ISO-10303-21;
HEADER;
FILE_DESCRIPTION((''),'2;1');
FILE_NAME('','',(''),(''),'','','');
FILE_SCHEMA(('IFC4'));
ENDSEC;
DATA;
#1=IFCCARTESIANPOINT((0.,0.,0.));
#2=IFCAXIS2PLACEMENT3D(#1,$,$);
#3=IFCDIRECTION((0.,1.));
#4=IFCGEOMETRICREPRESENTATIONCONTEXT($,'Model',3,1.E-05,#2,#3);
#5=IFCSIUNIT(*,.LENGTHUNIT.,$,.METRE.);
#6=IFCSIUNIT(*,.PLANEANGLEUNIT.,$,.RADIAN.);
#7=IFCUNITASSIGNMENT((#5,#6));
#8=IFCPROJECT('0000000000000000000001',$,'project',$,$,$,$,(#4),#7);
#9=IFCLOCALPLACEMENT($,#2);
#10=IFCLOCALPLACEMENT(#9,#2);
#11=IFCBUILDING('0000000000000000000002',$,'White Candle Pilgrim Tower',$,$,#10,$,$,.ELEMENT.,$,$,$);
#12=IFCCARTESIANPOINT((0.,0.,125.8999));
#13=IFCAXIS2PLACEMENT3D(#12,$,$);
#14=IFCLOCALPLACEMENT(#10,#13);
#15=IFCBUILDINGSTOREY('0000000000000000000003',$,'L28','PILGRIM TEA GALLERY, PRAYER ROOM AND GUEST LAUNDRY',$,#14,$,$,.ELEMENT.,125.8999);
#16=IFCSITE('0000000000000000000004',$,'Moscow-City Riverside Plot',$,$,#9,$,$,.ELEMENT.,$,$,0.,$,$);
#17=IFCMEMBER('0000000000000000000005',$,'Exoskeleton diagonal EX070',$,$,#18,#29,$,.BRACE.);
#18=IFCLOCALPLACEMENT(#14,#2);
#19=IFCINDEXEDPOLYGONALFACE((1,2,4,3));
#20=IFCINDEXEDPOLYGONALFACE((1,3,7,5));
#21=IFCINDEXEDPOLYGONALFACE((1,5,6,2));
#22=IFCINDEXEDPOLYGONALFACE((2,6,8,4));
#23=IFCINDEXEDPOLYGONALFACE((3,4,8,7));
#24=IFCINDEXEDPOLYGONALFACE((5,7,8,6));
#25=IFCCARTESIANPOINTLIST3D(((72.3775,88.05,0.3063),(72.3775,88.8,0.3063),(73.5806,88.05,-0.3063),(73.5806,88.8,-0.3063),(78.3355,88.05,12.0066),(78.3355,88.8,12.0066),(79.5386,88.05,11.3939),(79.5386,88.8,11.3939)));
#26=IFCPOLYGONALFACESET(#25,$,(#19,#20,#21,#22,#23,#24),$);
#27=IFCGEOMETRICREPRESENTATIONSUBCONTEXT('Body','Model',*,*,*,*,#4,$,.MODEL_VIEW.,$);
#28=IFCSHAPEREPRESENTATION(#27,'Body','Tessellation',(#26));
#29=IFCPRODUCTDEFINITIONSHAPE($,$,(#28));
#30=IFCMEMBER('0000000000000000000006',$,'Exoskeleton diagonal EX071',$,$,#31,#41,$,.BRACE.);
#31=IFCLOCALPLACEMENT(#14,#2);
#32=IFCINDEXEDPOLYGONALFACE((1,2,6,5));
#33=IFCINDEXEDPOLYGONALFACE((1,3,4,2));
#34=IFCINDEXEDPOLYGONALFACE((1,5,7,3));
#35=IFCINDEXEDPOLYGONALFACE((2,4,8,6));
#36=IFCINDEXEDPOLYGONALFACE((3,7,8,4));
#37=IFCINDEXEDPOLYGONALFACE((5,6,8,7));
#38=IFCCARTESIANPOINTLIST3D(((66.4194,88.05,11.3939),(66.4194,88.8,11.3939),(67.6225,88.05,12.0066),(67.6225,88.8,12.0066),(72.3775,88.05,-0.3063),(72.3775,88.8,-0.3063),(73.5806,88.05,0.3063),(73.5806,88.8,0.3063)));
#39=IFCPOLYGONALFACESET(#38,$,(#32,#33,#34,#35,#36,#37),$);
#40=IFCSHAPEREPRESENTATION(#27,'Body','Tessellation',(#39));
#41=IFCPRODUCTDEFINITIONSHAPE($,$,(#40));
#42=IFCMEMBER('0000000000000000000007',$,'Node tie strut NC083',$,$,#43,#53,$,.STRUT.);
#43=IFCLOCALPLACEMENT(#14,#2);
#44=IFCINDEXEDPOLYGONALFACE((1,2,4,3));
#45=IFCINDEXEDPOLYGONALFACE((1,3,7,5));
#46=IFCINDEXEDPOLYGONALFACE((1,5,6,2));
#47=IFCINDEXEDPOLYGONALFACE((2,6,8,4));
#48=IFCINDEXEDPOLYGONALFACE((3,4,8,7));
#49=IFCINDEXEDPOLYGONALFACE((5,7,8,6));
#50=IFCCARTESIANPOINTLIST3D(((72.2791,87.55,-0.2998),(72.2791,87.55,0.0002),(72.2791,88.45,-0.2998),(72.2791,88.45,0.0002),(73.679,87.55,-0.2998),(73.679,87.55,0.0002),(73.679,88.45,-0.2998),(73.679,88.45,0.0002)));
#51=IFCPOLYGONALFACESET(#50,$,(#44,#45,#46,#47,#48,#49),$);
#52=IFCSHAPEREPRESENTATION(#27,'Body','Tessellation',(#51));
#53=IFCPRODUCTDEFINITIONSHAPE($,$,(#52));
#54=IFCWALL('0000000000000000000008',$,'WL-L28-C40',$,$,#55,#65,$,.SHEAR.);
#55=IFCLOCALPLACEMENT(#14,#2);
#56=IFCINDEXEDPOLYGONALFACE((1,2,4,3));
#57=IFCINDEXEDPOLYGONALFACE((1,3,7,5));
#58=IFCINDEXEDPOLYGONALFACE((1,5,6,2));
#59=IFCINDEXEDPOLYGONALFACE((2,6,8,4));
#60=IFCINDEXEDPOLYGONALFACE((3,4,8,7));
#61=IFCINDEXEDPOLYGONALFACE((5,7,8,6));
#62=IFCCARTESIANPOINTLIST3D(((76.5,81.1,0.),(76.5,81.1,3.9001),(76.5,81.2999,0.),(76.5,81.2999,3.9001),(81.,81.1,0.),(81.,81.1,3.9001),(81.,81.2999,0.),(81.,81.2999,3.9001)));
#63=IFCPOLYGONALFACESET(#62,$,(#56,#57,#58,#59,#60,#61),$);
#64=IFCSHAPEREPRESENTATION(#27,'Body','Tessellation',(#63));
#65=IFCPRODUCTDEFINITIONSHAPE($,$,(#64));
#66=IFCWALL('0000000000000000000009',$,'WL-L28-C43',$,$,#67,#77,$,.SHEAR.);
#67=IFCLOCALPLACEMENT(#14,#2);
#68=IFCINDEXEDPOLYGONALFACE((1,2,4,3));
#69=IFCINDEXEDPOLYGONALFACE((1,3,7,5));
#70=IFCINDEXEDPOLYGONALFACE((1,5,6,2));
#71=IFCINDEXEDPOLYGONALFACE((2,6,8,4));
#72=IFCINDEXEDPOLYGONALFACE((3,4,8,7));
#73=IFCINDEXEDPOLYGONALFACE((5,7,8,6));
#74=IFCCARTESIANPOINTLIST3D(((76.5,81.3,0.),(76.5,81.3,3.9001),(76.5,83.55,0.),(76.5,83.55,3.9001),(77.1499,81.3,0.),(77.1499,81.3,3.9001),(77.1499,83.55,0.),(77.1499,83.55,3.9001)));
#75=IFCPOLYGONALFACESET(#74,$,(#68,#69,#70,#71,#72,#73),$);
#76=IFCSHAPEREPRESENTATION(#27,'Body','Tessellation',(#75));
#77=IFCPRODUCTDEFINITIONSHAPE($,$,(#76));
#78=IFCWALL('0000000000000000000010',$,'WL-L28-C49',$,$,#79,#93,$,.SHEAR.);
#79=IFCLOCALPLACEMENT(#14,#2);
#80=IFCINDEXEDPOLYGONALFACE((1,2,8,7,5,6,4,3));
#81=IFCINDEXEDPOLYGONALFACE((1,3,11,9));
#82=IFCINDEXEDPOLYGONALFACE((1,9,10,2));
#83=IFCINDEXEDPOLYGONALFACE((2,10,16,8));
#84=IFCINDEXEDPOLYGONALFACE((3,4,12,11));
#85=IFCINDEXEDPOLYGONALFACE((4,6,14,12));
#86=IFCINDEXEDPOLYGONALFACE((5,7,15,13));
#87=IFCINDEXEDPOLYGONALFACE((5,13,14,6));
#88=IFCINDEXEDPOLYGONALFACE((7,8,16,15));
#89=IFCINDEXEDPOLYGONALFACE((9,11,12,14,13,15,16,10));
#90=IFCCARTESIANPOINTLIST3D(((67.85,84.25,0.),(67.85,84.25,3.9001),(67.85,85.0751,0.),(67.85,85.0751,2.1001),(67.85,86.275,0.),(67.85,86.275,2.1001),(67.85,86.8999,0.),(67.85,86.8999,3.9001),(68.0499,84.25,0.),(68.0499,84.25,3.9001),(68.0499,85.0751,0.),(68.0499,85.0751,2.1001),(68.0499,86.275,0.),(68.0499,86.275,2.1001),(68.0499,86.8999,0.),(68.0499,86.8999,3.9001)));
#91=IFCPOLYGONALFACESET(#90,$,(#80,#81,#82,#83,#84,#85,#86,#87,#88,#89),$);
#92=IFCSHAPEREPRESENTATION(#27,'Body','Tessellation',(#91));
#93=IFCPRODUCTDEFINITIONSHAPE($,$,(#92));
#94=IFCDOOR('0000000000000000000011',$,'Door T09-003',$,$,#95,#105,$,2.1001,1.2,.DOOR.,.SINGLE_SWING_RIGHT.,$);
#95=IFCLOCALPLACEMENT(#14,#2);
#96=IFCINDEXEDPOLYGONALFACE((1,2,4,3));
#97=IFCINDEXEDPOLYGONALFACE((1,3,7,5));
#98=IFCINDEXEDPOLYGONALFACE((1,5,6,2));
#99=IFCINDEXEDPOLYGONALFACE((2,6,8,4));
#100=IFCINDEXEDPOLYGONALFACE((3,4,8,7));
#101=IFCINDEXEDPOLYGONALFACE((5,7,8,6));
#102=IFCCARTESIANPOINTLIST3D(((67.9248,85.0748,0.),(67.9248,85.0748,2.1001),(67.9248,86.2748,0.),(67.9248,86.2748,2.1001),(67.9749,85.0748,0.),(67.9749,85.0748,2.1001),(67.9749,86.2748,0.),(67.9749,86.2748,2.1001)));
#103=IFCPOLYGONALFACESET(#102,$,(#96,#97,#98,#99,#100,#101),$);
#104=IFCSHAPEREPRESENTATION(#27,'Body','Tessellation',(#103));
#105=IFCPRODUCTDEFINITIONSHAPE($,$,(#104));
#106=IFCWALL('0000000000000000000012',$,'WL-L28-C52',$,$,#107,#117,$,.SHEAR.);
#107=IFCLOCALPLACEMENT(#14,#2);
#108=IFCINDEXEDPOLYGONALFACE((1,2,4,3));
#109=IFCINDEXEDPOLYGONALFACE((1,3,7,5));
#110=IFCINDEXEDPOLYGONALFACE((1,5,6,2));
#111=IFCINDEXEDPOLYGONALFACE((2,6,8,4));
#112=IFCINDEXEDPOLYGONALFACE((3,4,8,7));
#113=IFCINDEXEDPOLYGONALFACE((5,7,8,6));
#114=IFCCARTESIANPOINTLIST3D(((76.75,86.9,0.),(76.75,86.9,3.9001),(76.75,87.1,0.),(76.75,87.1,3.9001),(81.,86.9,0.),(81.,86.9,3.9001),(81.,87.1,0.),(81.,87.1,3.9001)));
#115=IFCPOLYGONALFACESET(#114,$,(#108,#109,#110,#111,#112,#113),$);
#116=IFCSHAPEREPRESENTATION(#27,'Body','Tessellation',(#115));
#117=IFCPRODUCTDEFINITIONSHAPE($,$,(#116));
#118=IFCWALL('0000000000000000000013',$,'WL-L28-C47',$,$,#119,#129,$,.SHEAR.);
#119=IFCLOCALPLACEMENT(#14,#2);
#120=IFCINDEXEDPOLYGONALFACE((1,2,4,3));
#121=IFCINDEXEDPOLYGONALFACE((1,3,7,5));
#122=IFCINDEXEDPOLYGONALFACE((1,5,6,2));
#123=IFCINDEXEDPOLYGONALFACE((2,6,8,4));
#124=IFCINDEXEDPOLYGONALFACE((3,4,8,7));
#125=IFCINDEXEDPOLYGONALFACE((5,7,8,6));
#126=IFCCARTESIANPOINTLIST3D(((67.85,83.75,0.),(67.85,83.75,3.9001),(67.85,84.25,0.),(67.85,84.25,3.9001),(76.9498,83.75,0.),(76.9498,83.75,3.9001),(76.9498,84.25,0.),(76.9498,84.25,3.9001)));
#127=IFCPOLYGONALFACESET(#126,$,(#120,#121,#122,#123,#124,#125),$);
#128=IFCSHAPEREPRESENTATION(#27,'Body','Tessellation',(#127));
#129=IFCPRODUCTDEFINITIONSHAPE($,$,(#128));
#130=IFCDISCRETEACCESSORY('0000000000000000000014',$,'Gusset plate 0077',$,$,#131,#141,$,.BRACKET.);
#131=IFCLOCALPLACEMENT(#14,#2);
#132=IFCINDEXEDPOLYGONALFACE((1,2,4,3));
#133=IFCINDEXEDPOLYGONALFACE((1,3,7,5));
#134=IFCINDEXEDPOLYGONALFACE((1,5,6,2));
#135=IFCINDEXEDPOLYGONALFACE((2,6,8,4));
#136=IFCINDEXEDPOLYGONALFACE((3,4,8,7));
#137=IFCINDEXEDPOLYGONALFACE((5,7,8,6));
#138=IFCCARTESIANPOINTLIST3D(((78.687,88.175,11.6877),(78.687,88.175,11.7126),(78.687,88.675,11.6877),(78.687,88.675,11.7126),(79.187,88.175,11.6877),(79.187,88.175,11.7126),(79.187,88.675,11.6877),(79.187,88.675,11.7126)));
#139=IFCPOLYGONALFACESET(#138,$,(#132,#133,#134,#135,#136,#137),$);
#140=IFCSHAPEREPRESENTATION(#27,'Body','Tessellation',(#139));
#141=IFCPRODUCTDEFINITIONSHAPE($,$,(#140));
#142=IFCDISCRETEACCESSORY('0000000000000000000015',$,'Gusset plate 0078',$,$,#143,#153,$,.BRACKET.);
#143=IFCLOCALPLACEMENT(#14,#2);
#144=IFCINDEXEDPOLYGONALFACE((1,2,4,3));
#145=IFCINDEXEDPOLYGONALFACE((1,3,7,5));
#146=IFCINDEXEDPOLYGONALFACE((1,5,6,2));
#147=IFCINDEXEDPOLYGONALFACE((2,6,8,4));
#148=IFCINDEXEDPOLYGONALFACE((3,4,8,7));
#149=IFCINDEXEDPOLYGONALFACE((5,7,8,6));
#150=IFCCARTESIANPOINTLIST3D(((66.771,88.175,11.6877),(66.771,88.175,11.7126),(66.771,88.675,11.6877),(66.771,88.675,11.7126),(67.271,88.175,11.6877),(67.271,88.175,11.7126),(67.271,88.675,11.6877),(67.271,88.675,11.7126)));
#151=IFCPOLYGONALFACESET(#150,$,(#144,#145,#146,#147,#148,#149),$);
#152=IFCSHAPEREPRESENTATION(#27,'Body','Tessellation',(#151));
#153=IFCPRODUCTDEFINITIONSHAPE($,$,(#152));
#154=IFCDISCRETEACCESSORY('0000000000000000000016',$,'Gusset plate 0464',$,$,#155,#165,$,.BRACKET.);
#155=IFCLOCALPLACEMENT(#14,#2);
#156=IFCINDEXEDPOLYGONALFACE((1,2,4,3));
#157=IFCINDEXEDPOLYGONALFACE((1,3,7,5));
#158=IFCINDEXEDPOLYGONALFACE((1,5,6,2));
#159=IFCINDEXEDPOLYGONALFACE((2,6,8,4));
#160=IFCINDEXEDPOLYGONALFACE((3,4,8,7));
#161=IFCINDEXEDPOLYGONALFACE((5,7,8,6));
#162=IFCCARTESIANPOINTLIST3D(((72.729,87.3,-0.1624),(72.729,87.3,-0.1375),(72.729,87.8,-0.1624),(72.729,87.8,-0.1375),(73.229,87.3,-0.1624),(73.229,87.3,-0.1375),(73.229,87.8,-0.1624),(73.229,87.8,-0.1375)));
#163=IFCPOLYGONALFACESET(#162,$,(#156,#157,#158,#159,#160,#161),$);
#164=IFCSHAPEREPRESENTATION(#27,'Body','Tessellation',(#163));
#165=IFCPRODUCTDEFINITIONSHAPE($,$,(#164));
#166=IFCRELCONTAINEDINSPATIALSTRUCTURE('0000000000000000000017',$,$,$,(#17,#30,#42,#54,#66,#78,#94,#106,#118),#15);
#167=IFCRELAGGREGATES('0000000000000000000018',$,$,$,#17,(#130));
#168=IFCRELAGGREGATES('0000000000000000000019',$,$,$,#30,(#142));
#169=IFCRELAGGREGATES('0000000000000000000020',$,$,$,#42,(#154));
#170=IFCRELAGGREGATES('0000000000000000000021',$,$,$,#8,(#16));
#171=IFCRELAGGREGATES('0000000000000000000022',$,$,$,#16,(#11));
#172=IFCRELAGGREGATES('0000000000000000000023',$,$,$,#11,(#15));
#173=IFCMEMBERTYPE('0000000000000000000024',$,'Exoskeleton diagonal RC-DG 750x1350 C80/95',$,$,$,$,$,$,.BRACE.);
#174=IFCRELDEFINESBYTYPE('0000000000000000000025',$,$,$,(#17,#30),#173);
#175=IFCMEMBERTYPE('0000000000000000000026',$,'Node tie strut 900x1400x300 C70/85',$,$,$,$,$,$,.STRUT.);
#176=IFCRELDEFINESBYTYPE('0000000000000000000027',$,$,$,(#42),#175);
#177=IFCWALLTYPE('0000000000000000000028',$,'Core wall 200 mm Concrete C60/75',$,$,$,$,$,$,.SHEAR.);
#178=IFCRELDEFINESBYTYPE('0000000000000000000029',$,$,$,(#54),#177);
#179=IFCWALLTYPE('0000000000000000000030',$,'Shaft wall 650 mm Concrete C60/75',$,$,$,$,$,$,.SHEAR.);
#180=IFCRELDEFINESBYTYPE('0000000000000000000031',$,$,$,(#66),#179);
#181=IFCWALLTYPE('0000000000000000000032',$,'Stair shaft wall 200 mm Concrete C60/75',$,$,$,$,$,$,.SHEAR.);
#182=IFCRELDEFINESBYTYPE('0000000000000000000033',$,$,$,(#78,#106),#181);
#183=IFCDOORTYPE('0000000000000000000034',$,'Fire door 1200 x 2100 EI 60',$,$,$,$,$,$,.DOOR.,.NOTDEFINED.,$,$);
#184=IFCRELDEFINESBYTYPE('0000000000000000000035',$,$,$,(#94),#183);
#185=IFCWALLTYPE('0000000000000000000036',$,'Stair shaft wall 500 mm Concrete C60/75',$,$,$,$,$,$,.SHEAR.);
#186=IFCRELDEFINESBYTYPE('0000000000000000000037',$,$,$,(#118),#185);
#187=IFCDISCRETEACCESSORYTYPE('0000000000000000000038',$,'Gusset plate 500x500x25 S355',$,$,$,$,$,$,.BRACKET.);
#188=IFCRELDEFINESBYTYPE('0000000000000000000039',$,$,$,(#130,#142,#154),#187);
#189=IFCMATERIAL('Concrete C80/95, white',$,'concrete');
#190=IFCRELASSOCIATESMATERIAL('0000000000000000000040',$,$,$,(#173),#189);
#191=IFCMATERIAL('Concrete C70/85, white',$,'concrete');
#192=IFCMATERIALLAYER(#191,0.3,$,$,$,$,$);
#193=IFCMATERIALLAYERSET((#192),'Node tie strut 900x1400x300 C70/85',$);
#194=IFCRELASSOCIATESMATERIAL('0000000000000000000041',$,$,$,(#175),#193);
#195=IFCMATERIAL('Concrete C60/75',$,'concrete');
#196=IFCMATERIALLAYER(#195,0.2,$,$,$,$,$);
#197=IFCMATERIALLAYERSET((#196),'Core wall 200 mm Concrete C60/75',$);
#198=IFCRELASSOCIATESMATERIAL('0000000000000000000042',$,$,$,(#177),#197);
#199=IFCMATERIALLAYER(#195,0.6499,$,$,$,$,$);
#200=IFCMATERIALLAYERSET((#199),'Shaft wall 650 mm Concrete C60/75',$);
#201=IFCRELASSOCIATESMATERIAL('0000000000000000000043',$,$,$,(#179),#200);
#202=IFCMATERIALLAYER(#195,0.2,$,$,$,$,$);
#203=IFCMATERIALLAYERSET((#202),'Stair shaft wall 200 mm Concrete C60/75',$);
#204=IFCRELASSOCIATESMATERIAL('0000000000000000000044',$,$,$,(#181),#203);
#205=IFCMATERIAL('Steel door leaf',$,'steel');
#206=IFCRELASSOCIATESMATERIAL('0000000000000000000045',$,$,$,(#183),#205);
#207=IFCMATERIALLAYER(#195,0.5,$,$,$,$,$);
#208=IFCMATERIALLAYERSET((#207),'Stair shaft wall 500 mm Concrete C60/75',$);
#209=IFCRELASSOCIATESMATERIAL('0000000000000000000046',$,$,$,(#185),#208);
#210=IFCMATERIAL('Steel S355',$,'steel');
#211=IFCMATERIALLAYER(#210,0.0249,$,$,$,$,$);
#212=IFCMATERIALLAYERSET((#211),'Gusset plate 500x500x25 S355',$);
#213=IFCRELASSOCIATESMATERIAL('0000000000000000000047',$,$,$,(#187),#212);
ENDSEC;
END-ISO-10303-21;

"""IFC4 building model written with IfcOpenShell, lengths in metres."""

from ifc_helpers import new_model, si_unit, direction, frame, frame_2d, origin, origin_2d, place, context, subcontext, project, spatial, rectangle, extrude, material, layer, layer_set, material_profile, profile_set, type_object, element, fill, aggregate, save


model = new_model("IFC4")

# Units and contexts
model_context = context("Model", 3, precision=1e-05, world=origin(), true_north=direction((0.0, 1.0)))
body_context = subcontext(model_context, "Body", "Model", "MODEL_VIEW")
ifc_project = project(units=[si_unit("LENGTHUNIT", "METRE"), si_unit("PLANEANGLEUNIT", "RADIAN")], contexts=[model_context])

# Site, building, storey
site_placement = place(None, origin())
site = spatial("IfcSite", under=ifc_project, at=site_placement, Name="Moscow-City Riverside Plot", CompositionType="ELEMENT", RefElevation=0.0)
building_placement = place(site_placement, origin())
building = spatial("IfcBuilding", under=site, at=building_placement, Name="White Candle Pilgrim Tower", CompositionType="ELEMENT")
storey_placement = place(building_placement, frame((0.0, 0.0, 125.8999)))
storey = spatial("IfcBuildingStorey", under=building, at=storey_placement, Name="L28", Description="PILGRIM TEA GALLERY, PRAYER ROOM AND GUEST LAUNDRY", CompositionType="ELEMENT", Elevation=125.8999)

# Members
ifc_material_1 = material(Name="Concrete C80/95, white", Category="concrete")
ifc_material_profile = material_profile(ifc_material_1, rectangle(XDim=0.75, YDim=1.3501, at=origin_2d()), Name="RC-DG 750x1350")
ifc_profile_set = profile_set([ifc_material_profile], Name="Concrete C80/95, white")
member_type_1 = type_object("IfcMemberType", Name="Exoskeleton diagonal RC-DG 750x1350 C80/95", PredefinedType="BRACE", material=ifc_profile_set)
member_1_placement = place(storey_placement, frame((72.979, 88.425, 0.0), z_axis=(0.453776, 0.0, 0.891116), x_axis=(0.0, 1.0, 0.0)))
member_1 = element("IfcMember", 1, at=member_1_placement, inside=storey, type_object=member_type_1, Name="Exoskeleton diagonal EX070", PredefinedType="BRACE", context=body_context, shape_type="SweptSolid", body=[
    extrude(rectangle(XDim=0.75, YDim=1.3501, at=origin_2d()), origin(), (0.0, 0.0, 1.0), 13.1299),
])
member_2_placement = place(storey_placement, frame((72.979, 88.425, 0.0), z_axis=(-0.453776, 0.0, 0.891116), x_axis=(0.0, -1.0, 0.0)))
member_2 = element("IfcMember", 2, at=member_2_placement, inside=storey, type_object=member_type_1, Name="Exoskeleton diagonal EX071", PredefinedType="BRACE", context=body_context, shape_type="SweptSolid", body=[
    extrude(rectangle(XDim=0.75, YDim=1.3501, at=origin_2d()), origin(), (0.0, 0.0, 1.0), 13.1299),
])
ifc_material_2 = material(Name="Concrete C70/85, white", Category="concrete")
ifc_layer_1 = layer(ifc_material_2, 0.3)
ifc_layer_set_1 = layer_set([ifc_layer_1], Name="Node tie strut 900x1400x300 C70/85")
member_type_2 = type_object("IfcMemberType", Name="Node tie strut 900x1400x300 C70/85", PredefinedType="STRUT", material=ifc_layer_set_1)
member_3_placement = place(storey_placement, frame((72.979, 88.0, -0.2998), z_axis=(0.0, 0.0, 1.0), x_axis=(-1.0, 0.0, 0.0)))
member_3 = element("IfcMember", 3, at=member_3_placement, inside=storey, type_object=member_type_2, Name="Node tie strut NC083", PredefinedType="STRUT", context=body_context, shape_type="SweptSolid", body=[
    extrude(rectangle(XDim=1.3999, YDim=0.8999, at=origin_2d()), origin(), (0.0, 0.0, 1.0), 0.3),
])

# Walls
ifc_material_3 = material(Name="Concrete C60/75", Category="concrete")
ifc_layer_2 = layer(ifc_material_3, 0.2)
ifc_layer_set_2 = layer_set([ifc_layer_2], Name="Core wall 200 mm Concrete C60/75")
wall_type_1 = type_object("IfcWallType", Name="Core wall 200 mm Concrete C60/75", PredefinedType="SHEAR", material=ifc_layer_set_2)
wall_1_placement = place(storey_placement, frame((76.5, 81.2, 0.0), z_axis=(0.0, 0.0, 1.0), x_axis=(1.0, 0.0, 0.0)))
element("IfcWall", 4, at=wall_1_placement, inside=storey, type_object=wall_type_1, Name="WL-L28-C40", PredefinedType="SHEAR", context=body_context, shape_type="SweptSolid", body=[
    extrude(rectangle(XDim=4.5, YDim=0.2, at=frame_2d((2.25, 0.0))), origin(), (0.0, 0.0, 1.0), 3.9001),
])
ifc_layer_3 = layer(ifc_material_3, 0.6499)
ifc_layer_set_3 = layer_set([ifc_layer_3], Name="Shaft wall 650 mm Concrete C60/75")
wall_type_2 = type_object("IfcWallType", Name="Shaft wall 650 mm Concrete C60/75", PredefinedType="SHEAR", material=ifc_layer_set_3)
wall_2_placement = place(storey_placement, frame((76.825, 81.3, 0.0), z_axis=(0.0, 0.0, 1.0), x_axis=(0.0, 1.0, 0.0)))
element("IfcWall", 5, at=wall_2_placement, inside=storey, type_object=wall_type_2, Name="WL-L28-C43", PredefinedType="SHEAR", context=body_context, shape_type="SweptSolid", body=[
    extrude(rectangle(XDim=2.25, YDim=0.6499, at=frame_2d((1.125, 0.0))), origin(), (0.0, 0.0, 1.0), 3.9001),
])

# Wall, opening, door
ifc_layer_4 = layer(ifc_material_3, 0.2)
ifc_layer_set_4 = layer_set([ifc_layer_4], Name="Stair shaft wall 200 mm Concrete C60/75")
wall_type_3 = type_object("IfcWallType", Name="Stair shaft wall 200 mm Concrete C60/75", PredefinedType="SHEAR", material=ifc_layer_set_4)
wall_3_placement = place(storey_placement, frame((67.95, 84.25, 0.0), z_axis=(0.0, 0.0, 1.0), x_axis=(0.0, 1.0, 0.0)))
wall_3 = element("IfcWall", 6, at=wall_3_placement, inside=storey, type_object=wall_type_3, Name="WL-L28-C49", PredefinedType="SHEAR", context=body_context, shape_type="SweptSolid", body=[
    extrude(rectangle(XDim=2.6499, YDim=0.2, at=frame_2d((1.325, 0.0))), origin(), (0.0, 0.0, 1.0), 3.9001),
])
opening_placement = place(wall_3_placement, frame((0.825, 0.0, 0.0)))
opening = element("IfcOpeningElement", 7, at=opening_placement, cuts=wall_3, PredefinedType="OPENING", context=body_context, shape_type="SweptSolid", body=[
    extrude(rectangle(XDim=1.2, YDim=2.1001, at=frame_2d((0.6001, 1.05))), frame((0.0, 0.1099, 0.0), z_axis=(0.0, -1.0, 0.0), x_axis=(1.0, 0.0, 0.0)), (0.0, 0.0, 1.0), 0.22),
])
ifc_material_4 = material(Name="Steel door leaf", Category="steel")
door_type = type_object("IfcDoorType", Name="Fire door 1200 x 2100 EI 60", OperationType="NOTDEFINED", PredefinedType="DOOR", material=ifc_material_4)
door_placement = place(opening_placement, frame((1.2, 0.0, 0.0), z_axis=(0.0, 0.0, 1.0), x_axis=(-1.0, 0.0, 0.0)))
door = element("IfcDoor", 8, at=door_placement, inside=storey, type_object=door_type, Name="Door T09-003", OperationType="SINGLE_SWING_RIGHT", OverallHeight=2.1001, OverallWidth=1.2, PredefinedType="DOOR", context=body_context, shape_type="SweptSolid", body=[
    extrude(rectangle(XDim=1.2, YDim=2.1001, at=frame_2d((0.6001, 1.05))), frame((0.0, 0.0249, 0.0), z_axis=(0.0, -1.0, 0.0), x_axis=(1.0, 0.0, 0.0)), (0.0, 0.0, 1.0), 0.05),
])
fill(opening, door)

# Walls
wall_4_placement = place(storey_placement, frame((76.75, 87.0, 0.0), z_axis=(0.0, 0.0, 1.0), x_axis=(1.0, 0.0, 0.0)))
element("IfcWall", 9, at=wall_4_placement, inside=storey, type_object=wall_type_3, Name="WL-L28-C52", PredefinedType="SHEAR", context=body_context, shape_type="SweptSolid", body=[
    extrude(rectangle(XDim=4.25, YDim=0.2, at=frame_2d((2.125, 0.0))), origin(), (0.0, 0.0, 1.0), 3.9001),
])
ifc_layer_5 = layer(ifc_material_3, 0.5)
ifc_layer_set_5 = layer_set([ifc_layer_5], Name="Stair shaft wall 500 mm Concrete C60/75")
wall_type_4 = type_object("IfcWallType", Name="Stair shaft wall 500 mm Concrete C60/75", PredefinedType="SHEAR", material=ifc_layer_set_5)
wall_5_placement = place(storey_placement, frame((67.8501, 84.0, 0.0), z_axis=(0.0, 0.0, 1.0), x_axis=(1.0, 0.0, 0.0)))
element("IfcWall", 10, at=wall_5_placement, inside=storey, type_object=wall_type_4, Name="WL-L28-C47", PredefinedType="SHEAR", context=body_context, shape_type="SweptSolid", body=[
    extrude(rectangle(XDim=9.0999, YDim=0.5, at=frame_2d((4.5498, 0.0))), origin(), (0.0, 0.0, 1.0), 3.9001),
])

# Discrete accessories
ifc_material_5 = material(Name="Steel S355", Category="steel")
ifc_layer_6 = layer(ifc_material_5, 0.0249)
ifc_layer_set_6 = layer_set([ifc_layer_6], Name="Gusset plate 500x500x25 S355")
discrete_accessory_type = type_object("IfcDiscreteAccessoryType", Name="Gusset plate 500x500x25 S355", PredefinedType="BRACKET", material=ifc_layer_set_6)
placement = place(building_placement, frame((0.0, 0.0, 137.6001)))
discrete_accessory_1_placement = place(placement, frame((78.937, 88.425, -0.0125), z_axis=(0.0, 0.0, 1.0), x_axis=(1.0, 0.0, 0.0)))
discrete_accessory_1 = element("IfcDiscreteAccessory", 11, at=discrete_accessory_1_placement, type_object=discrete_accessory_type, Name="Gusset plate 0077", PredefinedType="BRACKET", context=body_context, shape_type="SweptSolid", body=[
    extrude(rectangle(XDim=0.5, YDim=0.5, at=origin_2d()), origin(), (0.0, 0.0, 1.0), 0.0249),
])
aggregate(member_1, [discrete_accessory_1])
discrete_accessory_2_placement = place(placement, frame((67.021, 88.425, -0.0125), z_axis=(0.0, 0.0, 1.0), x_axis=(1.0, 0.0, 0.0)))
discrete_accessory_2 = element("IfcDiscreteAccessory", 12, at=discrete_accessory_2_placement, type_object=discrete_accessory_type, Name="Gusset plate 0078", PredefinedType="BRACKET", context=body_context, shape_type="SweptSolid", body=[
    extrude(rectangle(XDim=0.5, YDim=0.5, at=origin_2d()), origin(), (0.0, 0.0, 1.0), 0.0249),
])
aggregate(member_2, [discrete_accessory_2])
discrete_accessory_3_placement = place(storey_placement, frame((72.979, 87.55, -0.1624), z_axis=(0.0, 0.0, 1.0), x_axis=(1.0, 0.0, 0.0)))
discrete_accessory_3 = element("IfcDiscreteAccessory", 13, at=discrete_accessory_3_placement, type_object=discrete_accessory_type, Name="Gusset plate 0464", PredefinedType="BRACKET", context=body_context, shape_type="SweptSolid", body=[
    extrude(rectangle(XDim=0.5, YDim=0.5, at=origin_2d()), origin(), (0.0, 0.0, 1.0), 0.0249),
])
aggregate(member_3, [discrete_accessory_3])

save(model, "model.ifc")
